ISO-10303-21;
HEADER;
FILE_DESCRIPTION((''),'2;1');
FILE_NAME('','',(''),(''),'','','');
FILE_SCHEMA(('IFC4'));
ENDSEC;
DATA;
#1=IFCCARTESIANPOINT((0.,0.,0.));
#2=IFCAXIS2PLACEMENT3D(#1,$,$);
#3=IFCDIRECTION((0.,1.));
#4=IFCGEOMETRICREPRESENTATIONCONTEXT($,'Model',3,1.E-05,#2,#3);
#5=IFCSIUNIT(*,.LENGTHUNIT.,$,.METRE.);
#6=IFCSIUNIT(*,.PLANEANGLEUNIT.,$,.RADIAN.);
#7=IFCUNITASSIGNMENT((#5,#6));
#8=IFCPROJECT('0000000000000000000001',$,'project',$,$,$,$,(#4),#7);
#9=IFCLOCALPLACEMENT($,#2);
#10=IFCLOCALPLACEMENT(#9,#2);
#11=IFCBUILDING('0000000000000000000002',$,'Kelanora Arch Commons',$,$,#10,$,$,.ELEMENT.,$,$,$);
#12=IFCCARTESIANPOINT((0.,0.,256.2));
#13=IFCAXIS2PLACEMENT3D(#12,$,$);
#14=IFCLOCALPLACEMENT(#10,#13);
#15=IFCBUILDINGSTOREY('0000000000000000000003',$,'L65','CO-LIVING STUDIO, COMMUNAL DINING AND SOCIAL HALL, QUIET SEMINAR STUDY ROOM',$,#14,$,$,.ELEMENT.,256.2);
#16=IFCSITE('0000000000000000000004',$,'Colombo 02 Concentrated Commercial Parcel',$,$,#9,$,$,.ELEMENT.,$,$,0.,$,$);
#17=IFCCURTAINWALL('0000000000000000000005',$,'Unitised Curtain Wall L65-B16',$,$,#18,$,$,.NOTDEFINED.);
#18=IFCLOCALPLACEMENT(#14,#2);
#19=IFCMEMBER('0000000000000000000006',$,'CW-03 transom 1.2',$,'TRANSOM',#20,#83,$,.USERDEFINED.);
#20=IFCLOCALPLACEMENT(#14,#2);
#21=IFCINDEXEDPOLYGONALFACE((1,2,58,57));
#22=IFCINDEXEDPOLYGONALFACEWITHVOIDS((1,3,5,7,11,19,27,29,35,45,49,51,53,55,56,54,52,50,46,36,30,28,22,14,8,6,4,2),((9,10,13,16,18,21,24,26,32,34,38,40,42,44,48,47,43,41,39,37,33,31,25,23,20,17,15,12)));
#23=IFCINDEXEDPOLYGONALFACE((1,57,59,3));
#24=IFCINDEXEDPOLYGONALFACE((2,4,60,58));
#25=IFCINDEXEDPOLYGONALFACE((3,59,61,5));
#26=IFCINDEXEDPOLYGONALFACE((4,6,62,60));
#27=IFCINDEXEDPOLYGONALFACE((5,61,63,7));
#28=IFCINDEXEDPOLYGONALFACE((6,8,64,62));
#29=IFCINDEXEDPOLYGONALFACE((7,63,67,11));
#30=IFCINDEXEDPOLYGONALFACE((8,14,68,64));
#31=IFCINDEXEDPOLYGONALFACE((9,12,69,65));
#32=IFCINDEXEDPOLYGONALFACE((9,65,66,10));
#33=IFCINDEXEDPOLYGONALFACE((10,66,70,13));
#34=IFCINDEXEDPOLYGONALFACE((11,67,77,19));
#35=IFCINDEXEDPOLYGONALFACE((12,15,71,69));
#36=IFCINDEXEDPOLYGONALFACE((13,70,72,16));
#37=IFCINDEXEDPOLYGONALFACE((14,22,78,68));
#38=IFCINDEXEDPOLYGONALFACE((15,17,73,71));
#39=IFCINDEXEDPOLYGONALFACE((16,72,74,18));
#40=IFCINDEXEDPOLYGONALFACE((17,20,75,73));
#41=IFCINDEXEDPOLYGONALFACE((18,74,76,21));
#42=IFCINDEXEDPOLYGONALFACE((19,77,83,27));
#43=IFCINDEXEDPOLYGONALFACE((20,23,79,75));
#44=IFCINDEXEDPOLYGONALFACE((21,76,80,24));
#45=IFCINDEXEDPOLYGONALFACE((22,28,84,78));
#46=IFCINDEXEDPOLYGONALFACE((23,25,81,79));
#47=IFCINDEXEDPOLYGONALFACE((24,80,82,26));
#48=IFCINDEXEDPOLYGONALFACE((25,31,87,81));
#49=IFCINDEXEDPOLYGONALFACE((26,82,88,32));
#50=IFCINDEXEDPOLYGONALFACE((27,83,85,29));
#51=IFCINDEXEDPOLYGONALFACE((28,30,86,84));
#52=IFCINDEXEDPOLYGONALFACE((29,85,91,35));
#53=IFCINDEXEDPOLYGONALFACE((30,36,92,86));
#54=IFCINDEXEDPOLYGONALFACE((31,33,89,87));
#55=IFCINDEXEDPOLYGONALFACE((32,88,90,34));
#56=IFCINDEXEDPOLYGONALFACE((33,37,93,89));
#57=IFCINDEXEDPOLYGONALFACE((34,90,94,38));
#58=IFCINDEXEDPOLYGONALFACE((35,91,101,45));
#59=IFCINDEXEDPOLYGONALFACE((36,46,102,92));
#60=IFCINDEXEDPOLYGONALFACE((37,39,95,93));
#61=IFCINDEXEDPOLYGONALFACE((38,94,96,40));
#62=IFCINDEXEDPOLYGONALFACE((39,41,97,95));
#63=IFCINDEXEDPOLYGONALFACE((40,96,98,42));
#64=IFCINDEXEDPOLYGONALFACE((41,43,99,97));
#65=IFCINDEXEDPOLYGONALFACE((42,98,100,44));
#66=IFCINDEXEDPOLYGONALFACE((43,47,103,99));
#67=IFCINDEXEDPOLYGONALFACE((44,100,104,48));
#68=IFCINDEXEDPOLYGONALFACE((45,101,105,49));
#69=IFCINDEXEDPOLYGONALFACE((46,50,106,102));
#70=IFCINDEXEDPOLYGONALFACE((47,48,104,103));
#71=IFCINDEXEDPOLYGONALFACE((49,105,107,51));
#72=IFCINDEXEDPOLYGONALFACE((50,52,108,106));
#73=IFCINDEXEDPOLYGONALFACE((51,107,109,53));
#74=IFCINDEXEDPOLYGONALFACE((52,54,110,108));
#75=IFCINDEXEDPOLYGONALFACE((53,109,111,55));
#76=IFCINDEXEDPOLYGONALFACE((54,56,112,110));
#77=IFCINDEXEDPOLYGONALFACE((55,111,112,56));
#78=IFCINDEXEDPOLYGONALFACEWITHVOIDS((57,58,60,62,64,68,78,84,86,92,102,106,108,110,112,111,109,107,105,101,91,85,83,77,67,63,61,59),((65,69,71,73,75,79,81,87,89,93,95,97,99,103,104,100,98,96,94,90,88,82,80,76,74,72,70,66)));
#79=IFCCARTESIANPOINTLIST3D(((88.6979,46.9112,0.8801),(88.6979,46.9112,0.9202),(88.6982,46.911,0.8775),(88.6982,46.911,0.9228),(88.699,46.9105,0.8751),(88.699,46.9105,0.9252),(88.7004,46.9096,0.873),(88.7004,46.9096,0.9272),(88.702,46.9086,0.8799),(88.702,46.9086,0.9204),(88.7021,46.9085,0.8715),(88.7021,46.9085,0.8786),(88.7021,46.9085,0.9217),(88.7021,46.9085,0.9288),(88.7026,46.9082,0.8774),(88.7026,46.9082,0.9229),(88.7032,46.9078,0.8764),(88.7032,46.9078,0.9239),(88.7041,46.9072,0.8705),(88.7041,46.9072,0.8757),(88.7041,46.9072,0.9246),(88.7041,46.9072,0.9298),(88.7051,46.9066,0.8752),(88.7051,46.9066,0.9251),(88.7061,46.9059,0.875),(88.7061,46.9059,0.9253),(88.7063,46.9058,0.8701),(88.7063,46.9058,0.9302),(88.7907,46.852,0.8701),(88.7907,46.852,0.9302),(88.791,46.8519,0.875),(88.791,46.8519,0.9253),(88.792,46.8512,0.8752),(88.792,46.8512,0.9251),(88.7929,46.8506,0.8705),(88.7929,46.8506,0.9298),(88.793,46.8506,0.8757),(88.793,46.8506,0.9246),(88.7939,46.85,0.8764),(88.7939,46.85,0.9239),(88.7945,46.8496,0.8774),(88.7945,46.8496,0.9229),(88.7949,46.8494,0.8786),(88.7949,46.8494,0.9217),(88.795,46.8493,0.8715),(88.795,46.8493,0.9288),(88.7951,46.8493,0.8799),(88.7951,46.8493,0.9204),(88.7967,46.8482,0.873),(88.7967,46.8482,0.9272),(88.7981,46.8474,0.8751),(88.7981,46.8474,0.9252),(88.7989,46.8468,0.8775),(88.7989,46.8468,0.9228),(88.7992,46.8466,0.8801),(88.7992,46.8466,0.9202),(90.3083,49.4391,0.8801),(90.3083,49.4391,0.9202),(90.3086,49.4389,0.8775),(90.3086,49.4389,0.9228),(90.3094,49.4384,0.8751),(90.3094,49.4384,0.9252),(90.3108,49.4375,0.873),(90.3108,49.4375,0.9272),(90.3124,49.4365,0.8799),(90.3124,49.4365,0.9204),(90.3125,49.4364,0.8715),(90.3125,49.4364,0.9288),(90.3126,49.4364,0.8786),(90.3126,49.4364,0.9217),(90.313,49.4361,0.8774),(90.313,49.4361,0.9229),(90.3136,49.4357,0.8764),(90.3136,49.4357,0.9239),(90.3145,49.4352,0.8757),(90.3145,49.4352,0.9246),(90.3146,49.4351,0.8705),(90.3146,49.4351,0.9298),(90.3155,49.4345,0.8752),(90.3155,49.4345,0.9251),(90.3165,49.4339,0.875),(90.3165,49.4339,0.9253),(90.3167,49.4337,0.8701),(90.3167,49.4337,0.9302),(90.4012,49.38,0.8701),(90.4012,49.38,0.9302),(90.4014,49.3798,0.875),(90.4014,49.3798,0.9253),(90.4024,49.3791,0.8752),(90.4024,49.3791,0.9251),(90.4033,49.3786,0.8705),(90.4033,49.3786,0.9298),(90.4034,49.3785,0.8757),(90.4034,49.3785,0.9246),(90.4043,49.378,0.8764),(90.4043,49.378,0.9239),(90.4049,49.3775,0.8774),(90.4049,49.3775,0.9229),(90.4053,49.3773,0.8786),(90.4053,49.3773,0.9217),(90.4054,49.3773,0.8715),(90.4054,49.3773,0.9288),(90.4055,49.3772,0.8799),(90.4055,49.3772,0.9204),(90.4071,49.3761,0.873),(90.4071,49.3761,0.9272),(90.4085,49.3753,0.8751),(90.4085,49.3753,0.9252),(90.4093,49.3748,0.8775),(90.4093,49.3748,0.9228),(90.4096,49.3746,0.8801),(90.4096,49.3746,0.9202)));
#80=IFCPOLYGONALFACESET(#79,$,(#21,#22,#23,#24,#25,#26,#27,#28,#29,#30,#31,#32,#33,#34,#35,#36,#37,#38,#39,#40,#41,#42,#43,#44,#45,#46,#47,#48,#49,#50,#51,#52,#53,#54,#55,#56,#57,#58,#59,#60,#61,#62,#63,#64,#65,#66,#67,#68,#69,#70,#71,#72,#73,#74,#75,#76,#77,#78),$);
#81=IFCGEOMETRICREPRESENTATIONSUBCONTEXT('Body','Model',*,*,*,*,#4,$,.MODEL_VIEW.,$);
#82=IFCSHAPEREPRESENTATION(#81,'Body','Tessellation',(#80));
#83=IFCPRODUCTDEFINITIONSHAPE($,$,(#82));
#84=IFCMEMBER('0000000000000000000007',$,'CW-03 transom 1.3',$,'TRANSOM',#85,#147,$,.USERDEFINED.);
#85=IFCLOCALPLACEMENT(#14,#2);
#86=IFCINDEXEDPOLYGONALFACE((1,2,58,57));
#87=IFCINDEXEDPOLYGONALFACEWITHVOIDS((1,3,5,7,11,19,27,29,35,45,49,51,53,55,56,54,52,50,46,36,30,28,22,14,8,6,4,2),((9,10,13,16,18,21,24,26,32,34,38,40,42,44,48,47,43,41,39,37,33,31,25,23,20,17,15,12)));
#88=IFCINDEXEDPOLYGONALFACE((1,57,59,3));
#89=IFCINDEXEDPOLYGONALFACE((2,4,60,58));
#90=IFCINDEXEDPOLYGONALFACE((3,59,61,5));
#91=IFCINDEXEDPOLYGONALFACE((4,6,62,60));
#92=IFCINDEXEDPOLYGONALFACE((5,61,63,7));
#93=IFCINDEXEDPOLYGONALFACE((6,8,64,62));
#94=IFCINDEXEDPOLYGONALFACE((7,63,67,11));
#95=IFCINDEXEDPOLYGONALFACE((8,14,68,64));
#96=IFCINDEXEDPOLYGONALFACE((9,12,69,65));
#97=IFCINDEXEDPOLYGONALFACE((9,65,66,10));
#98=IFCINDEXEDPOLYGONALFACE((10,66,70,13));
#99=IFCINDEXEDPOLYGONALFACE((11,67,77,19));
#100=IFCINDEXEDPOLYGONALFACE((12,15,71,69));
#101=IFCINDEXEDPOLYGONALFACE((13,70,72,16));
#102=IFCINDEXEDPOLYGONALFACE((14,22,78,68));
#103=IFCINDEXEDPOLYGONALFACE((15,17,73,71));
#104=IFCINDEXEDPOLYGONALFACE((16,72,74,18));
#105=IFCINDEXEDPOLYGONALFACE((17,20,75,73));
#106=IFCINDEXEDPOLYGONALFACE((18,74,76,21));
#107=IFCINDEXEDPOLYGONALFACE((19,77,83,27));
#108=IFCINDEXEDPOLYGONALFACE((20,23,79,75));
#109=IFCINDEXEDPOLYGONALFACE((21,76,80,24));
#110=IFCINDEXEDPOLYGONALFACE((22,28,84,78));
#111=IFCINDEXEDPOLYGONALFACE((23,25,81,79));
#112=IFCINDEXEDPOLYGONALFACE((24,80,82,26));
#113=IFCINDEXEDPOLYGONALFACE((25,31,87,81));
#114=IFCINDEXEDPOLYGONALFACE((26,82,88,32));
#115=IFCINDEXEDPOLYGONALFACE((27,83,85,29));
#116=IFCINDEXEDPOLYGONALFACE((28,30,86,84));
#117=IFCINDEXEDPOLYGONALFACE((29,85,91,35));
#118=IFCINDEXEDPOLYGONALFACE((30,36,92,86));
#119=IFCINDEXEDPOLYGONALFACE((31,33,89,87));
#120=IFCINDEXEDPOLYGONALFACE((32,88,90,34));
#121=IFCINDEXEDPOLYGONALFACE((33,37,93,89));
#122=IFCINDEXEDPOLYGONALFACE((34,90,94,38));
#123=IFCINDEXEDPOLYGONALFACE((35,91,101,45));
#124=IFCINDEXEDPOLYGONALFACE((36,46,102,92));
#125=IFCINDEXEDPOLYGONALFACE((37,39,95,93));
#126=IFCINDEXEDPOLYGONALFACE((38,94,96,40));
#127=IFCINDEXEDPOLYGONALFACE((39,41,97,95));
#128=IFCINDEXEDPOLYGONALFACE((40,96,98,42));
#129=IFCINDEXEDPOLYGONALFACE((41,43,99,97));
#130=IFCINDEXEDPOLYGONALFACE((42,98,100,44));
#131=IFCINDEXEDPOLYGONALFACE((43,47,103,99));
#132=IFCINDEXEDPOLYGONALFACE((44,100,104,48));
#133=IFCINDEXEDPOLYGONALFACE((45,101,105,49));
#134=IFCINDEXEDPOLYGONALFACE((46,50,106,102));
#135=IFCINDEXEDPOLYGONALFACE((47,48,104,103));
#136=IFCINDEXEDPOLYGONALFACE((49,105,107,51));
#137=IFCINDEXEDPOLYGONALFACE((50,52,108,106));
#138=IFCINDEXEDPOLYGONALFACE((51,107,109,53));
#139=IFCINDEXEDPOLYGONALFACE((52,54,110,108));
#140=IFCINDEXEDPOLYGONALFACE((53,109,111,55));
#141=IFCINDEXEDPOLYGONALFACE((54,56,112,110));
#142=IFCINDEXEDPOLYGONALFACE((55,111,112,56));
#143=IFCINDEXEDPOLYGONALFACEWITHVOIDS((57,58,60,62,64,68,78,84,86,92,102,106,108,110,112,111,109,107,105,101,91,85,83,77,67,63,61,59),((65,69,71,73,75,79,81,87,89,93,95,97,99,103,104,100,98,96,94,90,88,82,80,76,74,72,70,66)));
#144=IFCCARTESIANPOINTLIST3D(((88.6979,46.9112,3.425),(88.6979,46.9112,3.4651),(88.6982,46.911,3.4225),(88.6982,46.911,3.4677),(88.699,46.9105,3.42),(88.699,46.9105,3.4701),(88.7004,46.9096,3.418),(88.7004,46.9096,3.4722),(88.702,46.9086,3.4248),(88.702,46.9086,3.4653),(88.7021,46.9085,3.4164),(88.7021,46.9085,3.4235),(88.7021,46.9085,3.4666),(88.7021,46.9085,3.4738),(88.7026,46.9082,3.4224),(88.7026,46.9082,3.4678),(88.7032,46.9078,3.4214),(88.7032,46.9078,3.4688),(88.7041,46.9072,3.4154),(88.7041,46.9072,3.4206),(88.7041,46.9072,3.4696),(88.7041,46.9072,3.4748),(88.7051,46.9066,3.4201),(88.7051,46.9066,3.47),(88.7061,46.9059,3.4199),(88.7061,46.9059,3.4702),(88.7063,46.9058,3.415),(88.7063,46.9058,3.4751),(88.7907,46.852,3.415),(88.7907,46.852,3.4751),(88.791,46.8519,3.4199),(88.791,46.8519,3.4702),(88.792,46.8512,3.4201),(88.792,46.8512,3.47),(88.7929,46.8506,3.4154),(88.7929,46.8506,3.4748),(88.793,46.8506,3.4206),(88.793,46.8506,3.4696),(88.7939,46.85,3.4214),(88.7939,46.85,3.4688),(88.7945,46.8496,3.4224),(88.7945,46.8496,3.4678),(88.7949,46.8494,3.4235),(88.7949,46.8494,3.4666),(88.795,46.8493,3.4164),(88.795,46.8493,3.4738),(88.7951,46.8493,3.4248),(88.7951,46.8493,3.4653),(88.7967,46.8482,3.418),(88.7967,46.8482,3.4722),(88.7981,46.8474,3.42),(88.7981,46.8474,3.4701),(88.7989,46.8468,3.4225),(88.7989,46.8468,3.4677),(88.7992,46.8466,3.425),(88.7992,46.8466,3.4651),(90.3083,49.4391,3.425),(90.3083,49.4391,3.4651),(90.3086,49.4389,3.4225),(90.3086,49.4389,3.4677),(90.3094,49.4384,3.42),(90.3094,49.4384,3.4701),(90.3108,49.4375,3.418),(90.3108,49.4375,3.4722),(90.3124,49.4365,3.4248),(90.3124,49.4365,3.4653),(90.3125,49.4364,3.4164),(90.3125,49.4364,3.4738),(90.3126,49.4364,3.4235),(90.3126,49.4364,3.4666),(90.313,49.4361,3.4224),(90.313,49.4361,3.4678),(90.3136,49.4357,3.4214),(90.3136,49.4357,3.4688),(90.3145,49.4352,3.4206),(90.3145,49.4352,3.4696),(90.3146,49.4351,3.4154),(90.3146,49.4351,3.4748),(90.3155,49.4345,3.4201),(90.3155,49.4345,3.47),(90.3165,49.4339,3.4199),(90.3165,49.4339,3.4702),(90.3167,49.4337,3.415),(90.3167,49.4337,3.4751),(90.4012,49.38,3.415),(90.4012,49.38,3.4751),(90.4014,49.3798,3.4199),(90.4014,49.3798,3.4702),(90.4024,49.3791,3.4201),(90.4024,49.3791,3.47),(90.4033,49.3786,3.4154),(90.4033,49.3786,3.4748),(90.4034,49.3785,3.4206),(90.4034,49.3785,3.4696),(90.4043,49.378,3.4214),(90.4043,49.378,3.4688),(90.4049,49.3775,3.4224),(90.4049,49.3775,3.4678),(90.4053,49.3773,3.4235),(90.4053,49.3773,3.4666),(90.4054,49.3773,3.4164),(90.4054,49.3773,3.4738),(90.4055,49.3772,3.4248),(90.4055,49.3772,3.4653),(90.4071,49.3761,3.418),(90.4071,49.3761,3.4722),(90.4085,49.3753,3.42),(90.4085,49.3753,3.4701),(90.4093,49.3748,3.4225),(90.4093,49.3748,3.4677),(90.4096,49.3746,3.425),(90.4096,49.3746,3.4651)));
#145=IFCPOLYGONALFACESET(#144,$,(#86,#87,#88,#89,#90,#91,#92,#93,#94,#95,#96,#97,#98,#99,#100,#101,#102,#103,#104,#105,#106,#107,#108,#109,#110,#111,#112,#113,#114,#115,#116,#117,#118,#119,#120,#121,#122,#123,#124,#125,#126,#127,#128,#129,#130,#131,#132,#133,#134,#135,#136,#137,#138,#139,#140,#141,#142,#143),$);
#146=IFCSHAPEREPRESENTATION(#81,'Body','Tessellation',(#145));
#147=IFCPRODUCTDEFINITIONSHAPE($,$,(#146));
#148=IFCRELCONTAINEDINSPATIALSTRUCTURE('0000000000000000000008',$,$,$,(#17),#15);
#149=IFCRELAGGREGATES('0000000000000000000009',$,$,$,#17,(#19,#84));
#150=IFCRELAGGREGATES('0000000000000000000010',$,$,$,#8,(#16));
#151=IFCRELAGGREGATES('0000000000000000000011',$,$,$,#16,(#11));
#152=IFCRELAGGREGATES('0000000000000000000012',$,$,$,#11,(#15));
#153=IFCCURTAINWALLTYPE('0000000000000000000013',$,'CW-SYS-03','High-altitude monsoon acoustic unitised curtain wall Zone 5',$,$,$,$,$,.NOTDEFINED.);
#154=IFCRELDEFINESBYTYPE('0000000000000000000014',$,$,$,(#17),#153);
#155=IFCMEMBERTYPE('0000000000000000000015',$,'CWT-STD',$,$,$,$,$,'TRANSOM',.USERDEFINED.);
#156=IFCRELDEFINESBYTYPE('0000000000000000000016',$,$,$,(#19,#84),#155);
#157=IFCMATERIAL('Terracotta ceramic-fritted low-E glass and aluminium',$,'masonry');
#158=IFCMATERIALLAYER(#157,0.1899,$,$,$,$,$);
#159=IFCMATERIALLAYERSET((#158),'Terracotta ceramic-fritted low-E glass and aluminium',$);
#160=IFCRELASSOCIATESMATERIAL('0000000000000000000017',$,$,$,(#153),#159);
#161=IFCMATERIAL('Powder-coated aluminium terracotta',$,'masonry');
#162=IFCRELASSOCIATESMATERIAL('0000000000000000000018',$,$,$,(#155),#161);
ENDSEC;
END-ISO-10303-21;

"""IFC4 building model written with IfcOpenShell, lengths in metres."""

from ifc_helpers import new_model, si_unit, direction, frame, origin, origin_2d, place, context, subcontext, project, spatial, hollow_rectangle, extrude, material, layer, layer_set, material_profile, profile_set, type_object, element, aggregate, save


model = new_model("IFC4")

# Units and contexts
model_context = context("Model", 3, precision=1e-05, world=origin(), true_north=direction((0.0, 1.0)))
body_context = subcontext(model_context, "Body", "Model", "MODEL_VIEW")
ifc_project = project(units=[si_unit("LENGTHUNIT", "METRE"), si_unit("PLANEANGLEUNIT", "RADIAN")], contexts=[model_context])

# Site, building, storey
site_placement = place(None, origin())
site = spatial("IfcSite", under=ifc_project, at=site_placement, Name="Colombo 02 Concentrated Commercial Parcel", CompositionType="ELEMENT", RefElevation=0.0)
building_placement = place(site_placement, origin())
building = spatial("IfcBuilding", under=site, at=building_placement, Name="Kelanora Arch Commons", CompositionType="ELEMENT")
storey_placement = place(building_placement, frame((0.0, 0.0, 256.2)))
storey = spatial("IfcBuildingStorey", under=building, at=storey_placement, Name="L65", Description="CO-LIVING STUDIO, COMMUNAL DINING AND SOCIAL HALL, QUIET SEMINAR STUDY ROOM", CompositionType="ELEMENT", Elevation=256.2)

# Shared definitions
ifc_material_1 = material(Name="Terracotta ceramic-fritted low-E glass and aluminium", Category="masonry")
ifc_layer_1 = layer(ifc_material_1, 0.1899)
ifc_layer_set_1 = layer_set([ifc_layer_1], Name="Terracotta ceramic-fritted low-E glass and aluminium")
curtain_wall_type = type_object("IfcCurtainWallType", Name="CW-SYS-03", Description="High-altitude monsoon acoustic unitised curtain wall Zone 5", PredefinedType="NOTDEFINED", material=ifc_layer_set_1)
ifc_material_2 = material(Name="Powder-coated aluminium terracotta", Category="masonry")

# Curtain wall, members
curtain_wall_1_placement = place(storey_placement, origin())
curtain_wall_1 = element("IfcCurtainWall", 1, at=curtain_wall_1_placement, inside=storey, type_object=curtain_wall_type, Name="Unitised Curtain Wall L65-B16", PredefinedType="NOTDEFINED")
ifc_material_profile_1 = material_profile(ifc_material_2, hollow_rectangle(XDim=0.1201, YDim=0.0601, WallThickness=0.0049, InnerFilletRadius=0.0049, OuterFilletRadius=0.01, at=origin_2d()), Name="CWT120x60")
ifc_profile_set_1 = profile_set([ifc_material_profile_1], Name="Powder-coated aluminium terracotta")
member_type_1 = type_object("IfcMemberType", Name="CWT-STD", ElementType="TRANSOM", PredefinedType="USERDEFINED", material=ifc_profile_set_1)
member_1_placement = place(storey_placement, frame((88.7485, 46.8789, 0.9001), z_axis=(0.537287, 0.8434, 0.0), x_axis=(-0.8434, 0.537287, 0.0)))
member_1 = element("IfcMember", 2, at=member_1_placement, type_object=member_type_1, Name="CW-03 transom 1.2", ObjectType="TRANSOM", PredefinedType="USERDEFINED", context=body_context, shape_type="SweptSolid", body=[
    extrude(hollow_rectangle(XDim=0.1201, YDim=0.0601, WallThickness=0.0049, InnerFilletRadius=0.0049, OuterFilletRadius=0.01, at=origin_2d()), origin(), (0.0, 0.0, 1.0), 2.9973),
])
member_2_placement = place(storey_placement, frame((88.7485, 46.8789, 3.4451), z_axis=(0.537287, 0.8434, 0.0), x_axis=(-0.8434, 0.537287, 0.0)))
member_2 = element("IfcMember", 3, at=member_2_placement, type_object=member_type_1, Name="CW-03 transom 1.3", ObjectType="TRANSOM", PredefinedType="USERDEFINED", context=body_context, shape_type="SweptSolid", body=[
    extrude(hollow_rectangle(XDim=0.1201, YDim=0.0601, WallThickness=0.0049, InnerFilletRadius=0.0049, OuterFilletRadius=0.01, at=origin_2d()), origin(), (0.0, 0.0, 1.0), 2.9973),
])
aggregate(curtain_wall_1, [member_1, member_2])

save(model, "model.ifc")
